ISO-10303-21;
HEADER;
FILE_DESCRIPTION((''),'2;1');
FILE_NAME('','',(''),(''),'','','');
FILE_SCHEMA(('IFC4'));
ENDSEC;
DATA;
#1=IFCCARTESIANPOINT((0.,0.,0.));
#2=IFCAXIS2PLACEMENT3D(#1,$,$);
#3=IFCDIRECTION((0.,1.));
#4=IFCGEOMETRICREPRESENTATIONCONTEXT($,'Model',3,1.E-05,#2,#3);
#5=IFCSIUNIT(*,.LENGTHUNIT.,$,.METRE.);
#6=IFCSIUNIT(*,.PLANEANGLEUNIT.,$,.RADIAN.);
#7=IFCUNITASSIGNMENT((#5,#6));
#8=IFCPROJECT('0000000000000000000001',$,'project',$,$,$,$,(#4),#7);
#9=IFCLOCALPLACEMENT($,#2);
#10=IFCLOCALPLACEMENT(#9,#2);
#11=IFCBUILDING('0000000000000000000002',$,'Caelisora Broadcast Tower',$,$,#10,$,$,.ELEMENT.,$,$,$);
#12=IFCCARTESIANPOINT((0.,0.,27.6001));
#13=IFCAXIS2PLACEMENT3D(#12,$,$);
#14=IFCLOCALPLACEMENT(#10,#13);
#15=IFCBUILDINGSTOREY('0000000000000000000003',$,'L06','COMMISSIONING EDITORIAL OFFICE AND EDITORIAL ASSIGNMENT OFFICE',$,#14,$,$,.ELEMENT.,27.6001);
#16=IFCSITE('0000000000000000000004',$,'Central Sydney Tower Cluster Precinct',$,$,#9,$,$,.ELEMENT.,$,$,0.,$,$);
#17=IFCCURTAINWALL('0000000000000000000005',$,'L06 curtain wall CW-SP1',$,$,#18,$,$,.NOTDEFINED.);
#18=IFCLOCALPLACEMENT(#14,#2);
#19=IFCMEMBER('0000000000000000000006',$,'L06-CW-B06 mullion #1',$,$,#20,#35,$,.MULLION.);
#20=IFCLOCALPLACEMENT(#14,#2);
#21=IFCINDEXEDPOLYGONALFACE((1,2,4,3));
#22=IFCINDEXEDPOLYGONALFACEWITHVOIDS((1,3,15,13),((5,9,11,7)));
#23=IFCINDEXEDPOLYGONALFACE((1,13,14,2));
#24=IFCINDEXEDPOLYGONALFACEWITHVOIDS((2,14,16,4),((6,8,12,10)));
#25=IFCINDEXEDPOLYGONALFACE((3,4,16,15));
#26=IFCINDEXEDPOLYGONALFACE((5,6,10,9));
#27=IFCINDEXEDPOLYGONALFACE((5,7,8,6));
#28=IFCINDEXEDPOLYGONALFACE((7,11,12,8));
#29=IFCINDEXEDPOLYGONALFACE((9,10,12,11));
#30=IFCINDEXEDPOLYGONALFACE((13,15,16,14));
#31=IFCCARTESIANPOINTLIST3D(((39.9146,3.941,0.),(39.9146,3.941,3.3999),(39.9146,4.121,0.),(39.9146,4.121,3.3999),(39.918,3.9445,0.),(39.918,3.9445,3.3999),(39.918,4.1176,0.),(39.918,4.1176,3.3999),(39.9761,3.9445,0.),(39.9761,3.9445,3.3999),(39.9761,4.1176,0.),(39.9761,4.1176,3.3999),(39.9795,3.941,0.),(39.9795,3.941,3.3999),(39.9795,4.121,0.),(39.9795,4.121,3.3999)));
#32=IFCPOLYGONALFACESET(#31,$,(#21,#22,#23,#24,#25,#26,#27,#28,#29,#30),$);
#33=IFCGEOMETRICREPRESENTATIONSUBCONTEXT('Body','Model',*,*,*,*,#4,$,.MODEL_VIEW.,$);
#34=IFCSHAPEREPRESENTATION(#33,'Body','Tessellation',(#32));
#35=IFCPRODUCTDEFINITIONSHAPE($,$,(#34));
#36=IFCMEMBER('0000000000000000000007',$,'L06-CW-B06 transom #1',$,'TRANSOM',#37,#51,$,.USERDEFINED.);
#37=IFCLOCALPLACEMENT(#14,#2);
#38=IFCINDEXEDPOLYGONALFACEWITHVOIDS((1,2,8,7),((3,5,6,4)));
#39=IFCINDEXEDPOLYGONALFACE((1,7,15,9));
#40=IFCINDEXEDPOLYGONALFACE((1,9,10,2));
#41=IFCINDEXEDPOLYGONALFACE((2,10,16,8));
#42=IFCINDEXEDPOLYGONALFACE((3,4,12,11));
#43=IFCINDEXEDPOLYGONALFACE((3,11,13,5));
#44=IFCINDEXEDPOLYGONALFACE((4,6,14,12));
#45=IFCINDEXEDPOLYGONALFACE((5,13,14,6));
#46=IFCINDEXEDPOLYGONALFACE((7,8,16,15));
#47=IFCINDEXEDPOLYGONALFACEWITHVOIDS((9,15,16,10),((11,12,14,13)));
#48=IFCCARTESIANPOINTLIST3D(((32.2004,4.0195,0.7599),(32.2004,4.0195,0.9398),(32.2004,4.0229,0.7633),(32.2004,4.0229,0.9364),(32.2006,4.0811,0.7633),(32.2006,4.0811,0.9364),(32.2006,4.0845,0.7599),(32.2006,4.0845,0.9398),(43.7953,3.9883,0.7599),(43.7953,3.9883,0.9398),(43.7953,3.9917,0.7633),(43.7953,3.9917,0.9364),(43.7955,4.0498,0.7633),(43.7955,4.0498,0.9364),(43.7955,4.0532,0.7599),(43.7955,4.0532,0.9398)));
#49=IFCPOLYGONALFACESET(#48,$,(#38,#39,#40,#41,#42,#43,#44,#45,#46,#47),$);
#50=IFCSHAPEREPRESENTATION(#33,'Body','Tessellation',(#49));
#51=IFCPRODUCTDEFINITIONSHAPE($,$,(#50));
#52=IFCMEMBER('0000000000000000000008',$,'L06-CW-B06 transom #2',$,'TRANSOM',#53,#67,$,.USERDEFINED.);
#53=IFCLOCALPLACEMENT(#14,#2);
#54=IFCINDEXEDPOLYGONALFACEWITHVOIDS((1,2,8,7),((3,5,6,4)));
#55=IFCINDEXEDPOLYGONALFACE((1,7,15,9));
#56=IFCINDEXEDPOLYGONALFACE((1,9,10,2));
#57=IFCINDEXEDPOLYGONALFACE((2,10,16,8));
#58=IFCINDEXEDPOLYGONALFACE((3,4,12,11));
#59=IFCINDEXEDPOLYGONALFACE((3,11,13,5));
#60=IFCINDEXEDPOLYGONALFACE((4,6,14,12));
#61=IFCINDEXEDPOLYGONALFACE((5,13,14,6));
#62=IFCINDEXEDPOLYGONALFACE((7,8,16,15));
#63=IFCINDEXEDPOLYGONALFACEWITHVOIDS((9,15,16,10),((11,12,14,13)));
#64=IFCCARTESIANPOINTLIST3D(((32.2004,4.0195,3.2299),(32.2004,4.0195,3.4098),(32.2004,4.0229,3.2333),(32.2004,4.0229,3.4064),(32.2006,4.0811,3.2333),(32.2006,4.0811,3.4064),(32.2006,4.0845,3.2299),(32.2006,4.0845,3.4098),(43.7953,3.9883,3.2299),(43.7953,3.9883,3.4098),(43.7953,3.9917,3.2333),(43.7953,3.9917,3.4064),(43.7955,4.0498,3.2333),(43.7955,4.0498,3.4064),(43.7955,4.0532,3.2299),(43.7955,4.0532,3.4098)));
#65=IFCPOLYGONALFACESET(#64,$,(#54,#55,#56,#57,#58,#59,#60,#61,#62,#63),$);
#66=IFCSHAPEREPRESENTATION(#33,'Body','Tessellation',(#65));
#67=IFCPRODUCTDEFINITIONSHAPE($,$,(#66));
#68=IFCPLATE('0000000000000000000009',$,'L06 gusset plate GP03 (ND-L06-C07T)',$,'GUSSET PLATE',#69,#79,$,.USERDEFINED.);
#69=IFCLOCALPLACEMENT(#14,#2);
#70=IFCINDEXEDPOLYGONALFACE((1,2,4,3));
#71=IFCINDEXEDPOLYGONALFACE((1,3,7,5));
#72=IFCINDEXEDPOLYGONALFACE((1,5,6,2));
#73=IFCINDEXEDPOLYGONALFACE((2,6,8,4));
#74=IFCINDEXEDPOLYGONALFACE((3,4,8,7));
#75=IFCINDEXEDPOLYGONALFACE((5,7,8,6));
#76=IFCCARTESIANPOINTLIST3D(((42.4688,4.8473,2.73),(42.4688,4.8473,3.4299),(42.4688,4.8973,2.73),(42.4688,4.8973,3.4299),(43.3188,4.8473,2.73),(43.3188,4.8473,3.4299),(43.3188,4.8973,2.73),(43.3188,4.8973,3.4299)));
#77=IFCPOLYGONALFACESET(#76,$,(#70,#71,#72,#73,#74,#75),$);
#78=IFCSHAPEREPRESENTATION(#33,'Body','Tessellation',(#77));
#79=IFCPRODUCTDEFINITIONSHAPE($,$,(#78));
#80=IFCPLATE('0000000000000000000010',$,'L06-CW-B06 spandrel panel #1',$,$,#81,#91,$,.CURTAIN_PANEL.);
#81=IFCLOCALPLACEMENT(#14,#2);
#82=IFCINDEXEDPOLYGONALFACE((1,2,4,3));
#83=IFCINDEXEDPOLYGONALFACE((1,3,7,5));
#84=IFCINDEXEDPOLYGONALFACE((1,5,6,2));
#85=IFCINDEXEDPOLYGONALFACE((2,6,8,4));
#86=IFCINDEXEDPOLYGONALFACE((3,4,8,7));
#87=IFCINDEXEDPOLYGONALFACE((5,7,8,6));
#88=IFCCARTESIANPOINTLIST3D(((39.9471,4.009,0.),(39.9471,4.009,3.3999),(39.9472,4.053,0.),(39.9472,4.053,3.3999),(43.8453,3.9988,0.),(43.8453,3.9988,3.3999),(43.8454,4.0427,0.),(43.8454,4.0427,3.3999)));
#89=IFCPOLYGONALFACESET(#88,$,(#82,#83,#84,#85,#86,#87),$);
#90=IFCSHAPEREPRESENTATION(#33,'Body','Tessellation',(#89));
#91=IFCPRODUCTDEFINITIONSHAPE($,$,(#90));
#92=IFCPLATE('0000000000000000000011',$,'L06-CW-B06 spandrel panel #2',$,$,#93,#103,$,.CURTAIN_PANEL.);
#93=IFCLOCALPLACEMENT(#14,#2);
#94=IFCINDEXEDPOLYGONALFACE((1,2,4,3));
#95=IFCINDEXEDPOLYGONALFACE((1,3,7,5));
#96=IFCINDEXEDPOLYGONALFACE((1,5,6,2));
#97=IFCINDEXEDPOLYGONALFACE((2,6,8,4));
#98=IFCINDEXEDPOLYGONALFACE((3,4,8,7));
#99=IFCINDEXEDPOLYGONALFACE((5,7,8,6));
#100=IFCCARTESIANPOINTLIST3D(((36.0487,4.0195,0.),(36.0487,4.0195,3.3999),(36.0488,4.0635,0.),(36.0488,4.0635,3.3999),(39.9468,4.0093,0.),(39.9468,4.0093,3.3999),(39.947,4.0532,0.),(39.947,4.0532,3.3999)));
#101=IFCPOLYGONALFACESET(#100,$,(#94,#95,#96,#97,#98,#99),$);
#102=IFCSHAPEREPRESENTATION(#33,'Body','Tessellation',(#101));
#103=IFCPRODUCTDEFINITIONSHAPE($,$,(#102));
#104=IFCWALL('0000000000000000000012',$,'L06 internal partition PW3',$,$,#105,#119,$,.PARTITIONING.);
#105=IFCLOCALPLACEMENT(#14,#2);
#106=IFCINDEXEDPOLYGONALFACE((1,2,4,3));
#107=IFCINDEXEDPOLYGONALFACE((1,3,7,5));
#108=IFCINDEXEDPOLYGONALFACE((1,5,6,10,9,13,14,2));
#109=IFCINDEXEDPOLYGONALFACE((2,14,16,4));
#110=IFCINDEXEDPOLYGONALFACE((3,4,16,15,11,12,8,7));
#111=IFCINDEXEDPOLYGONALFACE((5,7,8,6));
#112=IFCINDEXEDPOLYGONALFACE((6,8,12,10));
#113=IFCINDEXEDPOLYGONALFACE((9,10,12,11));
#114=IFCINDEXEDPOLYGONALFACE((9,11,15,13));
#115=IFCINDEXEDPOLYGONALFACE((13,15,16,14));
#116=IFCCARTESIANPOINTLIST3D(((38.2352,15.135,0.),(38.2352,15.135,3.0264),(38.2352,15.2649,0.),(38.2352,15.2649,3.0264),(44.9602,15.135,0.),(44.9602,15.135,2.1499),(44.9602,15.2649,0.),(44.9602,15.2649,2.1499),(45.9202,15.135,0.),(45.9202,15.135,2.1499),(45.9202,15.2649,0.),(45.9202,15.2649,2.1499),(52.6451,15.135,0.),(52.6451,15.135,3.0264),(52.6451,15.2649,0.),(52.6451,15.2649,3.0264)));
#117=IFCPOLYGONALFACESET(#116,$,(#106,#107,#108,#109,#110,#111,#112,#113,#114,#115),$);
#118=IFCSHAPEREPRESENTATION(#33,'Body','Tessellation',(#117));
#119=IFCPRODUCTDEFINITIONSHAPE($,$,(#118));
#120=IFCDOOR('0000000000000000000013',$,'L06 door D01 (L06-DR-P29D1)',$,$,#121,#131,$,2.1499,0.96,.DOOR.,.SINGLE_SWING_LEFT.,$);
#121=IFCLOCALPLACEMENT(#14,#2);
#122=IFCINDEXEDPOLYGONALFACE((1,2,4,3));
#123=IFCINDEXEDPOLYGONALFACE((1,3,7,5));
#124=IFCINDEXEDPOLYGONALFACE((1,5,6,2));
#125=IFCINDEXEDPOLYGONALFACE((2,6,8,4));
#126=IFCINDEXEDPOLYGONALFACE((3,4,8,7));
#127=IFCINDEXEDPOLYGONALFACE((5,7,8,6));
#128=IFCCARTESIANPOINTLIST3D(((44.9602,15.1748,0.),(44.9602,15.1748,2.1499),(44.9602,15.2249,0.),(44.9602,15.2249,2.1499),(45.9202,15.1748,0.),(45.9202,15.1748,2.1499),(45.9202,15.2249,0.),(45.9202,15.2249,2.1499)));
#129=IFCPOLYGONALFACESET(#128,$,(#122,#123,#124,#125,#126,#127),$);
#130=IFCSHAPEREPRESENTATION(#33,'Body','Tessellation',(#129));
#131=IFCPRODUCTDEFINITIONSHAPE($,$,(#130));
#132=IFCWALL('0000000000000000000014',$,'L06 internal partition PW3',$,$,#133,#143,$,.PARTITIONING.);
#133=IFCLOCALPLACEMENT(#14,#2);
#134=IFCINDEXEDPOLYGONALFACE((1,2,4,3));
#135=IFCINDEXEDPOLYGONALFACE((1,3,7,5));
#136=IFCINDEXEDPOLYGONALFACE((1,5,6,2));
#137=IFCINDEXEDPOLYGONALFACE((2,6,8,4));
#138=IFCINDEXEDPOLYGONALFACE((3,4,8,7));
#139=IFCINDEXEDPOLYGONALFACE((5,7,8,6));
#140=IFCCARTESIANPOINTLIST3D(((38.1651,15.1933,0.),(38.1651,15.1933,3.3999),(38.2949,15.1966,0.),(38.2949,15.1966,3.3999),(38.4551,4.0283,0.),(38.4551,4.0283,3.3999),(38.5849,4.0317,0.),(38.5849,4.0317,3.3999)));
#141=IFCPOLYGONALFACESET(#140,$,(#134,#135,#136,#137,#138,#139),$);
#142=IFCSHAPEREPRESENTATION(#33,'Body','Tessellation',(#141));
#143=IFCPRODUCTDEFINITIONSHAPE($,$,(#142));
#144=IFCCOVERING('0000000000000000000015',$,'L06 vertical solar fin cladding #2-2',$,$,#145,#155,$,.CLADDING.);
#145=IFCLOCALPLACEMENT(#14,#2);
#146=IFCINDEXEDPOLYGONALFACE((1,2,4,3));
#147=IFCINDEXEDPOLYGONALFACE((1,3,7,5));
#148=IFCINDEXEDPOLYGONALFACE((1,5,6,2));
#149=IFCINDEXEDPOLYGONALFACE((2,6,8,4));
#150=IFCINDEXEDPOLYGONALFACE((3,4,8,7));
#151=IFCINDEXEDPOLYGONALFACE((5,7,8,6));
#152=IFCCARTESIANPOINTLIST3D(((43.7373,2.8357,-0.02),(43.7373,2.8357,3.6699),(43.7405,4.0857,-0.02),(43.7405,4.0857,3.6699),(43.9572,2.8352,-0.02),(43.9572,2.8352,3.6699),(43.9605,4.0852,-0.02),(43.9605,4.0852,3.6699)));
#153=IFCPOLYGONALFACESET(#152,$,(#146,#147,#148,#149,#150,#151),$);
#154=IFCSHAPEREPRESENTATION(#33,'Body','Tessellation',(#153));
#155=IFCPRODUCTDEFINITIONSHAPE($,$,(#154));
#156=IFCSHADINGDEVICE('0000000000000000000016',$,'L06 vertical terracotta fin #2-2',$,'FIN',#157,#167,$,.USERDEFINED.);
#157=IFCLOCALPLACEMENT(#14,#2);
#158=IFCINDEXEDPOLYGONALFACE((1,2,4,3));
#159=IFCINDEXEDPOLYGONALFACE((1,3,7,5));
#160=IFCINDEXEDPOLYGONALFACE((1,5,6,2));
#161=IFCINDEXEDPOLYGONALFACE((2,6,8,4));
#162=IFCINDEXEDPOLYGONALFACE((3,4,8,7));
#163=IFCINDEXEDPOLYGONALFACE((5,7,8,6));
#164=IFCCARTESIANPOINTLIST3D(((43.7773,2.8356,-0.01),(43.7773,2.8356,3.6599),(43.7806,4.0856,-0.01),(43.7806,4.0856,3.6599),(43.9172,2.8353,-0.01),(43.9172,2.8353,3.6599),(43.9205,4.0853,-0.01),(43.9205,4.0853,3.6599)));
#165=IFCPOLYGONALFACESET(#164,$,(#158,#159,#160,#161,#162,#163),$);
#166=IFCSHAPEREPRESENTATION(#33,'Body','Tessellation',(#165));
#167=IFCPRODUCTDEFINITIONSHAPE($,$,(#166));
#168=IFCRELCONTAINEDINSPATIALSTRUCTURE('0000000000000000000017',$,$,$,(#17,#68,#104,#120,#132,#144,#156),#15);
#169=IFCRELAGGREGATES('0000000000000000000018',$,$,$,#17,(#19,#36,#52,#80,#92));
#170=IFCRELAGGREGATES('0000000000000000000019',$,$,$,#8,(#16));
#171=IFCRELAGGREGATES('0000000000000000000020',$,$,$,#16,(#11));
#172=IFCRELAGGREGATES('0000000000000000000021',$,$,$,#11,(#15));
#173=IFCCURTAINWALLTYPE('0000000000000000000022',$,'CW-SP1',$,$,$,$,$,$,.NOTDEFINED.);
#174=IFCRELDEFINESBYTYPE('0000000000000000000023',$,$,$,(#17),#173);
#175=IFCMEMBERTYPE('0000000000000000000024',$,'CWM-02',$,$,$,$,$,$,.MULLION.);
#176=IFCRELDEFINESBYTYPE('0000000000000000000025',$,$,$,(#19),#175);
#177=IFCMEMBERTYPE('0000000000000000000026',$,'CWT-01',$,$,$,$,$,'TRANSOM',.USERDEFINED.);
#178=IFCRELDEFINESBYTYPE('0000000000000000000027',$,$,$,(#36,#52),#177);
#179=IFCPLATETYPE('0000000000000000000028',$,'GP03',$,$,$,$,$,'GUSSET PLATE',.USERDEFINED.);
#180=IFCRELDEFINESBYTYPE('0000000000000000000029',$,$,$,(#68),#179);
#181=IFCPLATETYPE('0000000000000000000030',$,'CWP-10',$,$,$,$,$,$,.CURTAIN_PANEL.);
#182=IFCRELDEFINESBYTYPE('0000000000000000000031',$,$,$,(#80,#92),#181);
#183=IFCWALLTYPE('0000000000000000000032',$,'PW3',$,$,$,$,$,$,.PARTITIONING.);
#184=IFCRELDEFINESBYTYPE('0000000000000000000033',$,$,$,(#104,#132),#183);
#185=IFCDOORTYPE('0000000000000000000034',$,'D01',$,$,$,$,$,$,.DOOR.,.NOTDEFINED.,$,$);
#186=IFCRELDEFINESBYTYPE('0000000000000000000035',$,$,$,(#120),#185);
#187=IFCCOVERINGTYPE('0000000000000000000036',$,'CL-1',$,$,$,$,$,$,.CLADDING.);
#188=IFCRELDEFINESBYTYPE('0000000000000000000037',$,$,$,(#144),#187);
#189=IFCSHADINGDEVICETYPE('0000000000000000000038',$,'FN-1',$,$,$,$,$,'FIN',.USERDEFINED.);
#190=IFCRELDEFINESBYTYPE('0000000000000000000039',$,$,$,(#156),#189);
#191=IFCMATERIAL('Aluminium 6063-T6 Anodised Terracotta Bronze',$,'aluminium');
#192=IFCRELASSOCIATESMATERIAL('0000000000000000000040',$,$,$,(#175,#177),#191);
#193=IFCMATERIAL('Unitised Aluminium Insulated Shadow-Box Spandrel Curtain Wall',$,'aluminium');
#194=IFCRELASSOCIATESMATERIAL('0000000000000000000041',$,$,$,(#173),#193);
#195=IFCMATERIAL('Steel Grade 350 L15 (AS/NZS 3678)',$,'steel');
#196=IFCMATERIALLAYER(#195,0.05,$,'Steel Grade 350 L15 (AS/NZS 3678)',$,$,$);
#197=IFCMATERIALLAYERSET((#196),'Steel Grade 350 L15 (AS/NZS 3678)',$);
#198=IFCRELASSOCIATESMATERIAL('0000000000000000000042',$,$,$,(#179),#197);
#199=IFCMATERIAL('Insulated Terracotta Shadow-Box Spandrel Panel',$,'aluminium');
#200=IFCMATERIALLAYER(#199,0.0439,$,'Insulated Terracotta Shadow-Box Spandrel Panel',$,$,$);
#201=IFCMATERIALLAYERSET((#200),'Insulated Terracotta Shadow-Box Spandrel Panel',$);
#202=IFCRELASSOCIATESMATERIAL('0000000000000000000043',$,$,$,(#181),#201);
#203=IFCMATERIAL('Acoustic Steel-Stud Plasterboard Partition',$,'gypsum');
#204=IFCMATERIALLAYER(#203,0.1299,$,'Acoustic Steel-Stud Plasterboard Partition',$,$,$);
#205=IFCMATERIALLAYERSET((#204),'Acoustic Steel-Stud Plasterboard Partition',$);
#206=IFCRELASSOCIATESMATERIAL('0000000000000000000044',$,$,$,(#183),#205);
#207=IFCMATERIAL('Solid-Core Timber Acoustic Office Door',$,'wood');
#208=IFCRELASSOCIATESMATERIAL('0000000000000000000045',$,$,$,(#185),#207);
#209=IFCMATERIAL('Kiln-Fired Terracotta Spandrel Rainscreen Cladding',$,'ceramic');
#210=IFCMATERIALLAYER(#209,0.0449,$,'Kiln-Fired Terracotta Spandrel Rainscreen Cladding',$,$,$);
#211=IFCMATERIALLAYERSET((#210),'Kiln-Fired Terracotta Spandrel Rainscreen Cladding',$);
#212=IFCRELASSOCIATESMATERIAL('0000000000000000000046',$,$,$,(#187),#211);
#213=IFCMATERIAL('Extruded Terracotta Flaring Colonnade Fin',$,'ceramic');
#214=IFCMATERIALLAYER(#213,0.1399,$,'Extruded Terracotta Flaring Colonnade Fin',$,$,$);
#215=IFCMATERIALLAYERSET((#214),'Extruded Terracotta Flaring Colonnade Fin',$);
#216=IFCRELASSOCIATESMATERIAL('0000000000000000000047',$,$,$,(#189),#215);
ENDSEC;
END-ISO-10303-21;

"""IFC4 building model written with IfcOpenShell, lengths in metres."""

from ifc_helpers import new_model, si_unit, direction, frame, frame_2d, origin, origin_2d, place, context, subcontext, project, spatial, rectangle, hollow_rectangle, extrude, source, transform, mapped, material, layer, layer_set, material_profile, profile_set, type_object, type_shapes, element, fill, aggregate, save


model = new_model("IFC4")

# Units and contexts
model_context = context("Model", 3, precision=1e-05, world=origin(), true_north=direction((0.0, 1.0)))
body_context = subcontext(model_context, "Body", "Model", "MODEL_VIEW")
ifc_project = project(units=[si_unit("LENGTHUNIT", "METRE"), si_unit("PLANEANGLEUNIT", "RADIAN")], contexts=[model_context])

# Site, building, storey
site_placement = place(None, origin())
site = spatial("IfcSite", under=ifc_project, at=site_placement, Name="Central Sydney Tower Cluster Precinct", CompositionType="ELEMENT", RefElevation=0.0)
building_placement = place(site_placement, origin())
building = spatial("IfcBuilding", under=site, at=building_placement, Name="Caelisora Broadcast Tower", CompositionType="ELEMENT")
storey_placement = place(building_placement, frame((0.0, 0.0, 27.6001)))
storey = spatial("IfcBuildingStorey", under=building, at=storey_placement, Name="L06", Description="COMMISSIONING EDITORIAL OFFICE AND EDITORIAL ASSIGNMENT OFFICE", CompositionType="ELEMENT", Elevation=27.6001)

# Shared definitions
ifc_material_1 = material(Name="Steel Grade 350 L15 (AS/NZS 3678)", Category="steel")

# Shared definitions
ifc_material_2 = material(Name="Aluminium 6063-T6 Anodised Terracotta Bronze", Category="aluminium")
ifc_material_profile_1 = material_profile(ifc_material_2, hollow_rectangle(XDim=0.0649, YDim=0.1799, WallThickness=0.0034, at=origin_2d()), Name="Aluminium 6063-T6 Anodised Terracotta Bronze")
ifc_profile_set_1 = profile_set([ifc_material_profile_1], Name="Aluminium 6063-T6 Anodised Terracotta Bronze")
member_type_1 = type_object("IfcMemberType", Name="CWM-02", PredefinedType="MULLION", material=ifc_profile_set_1)
shared_shape_1 = source(origin(), body_context, "Body", "SweptSolid", [
    extrude(hollow_rectangle(XDim=0.0649, YDim=0.1799, WallThickness=0.0034, at=origin_2d()), origin(), (0.0, 0.0, 1.0), 3.3999),
])
type_shapes(member_type_1, [shared_shape_1])

# Curtain wall, members
ifc_material_3 = material(Name="Unitised Aluminium Insulated Shadow-Box Spandrel Curtain Wall", Category="aluminium")
curtain_wall_type_1 = type_object("IfcCurtainWallType", Name="CW-SP1", PredefinedType="NOTDEFINED", material=ifc_material_3)
curtain_wall_1_placement = place(storey_placement, origin())
curtain_wall_1 = element("IfcCurtainWall", 1, at=curtain_wall_1_placement, inside=storey, type_object=curtain_wall_type_1, Name="L06 curtain wall CW-SP1", PredefinedType="NOTDEFINED")
member_1_placement = place(storey_placement, frame((39.947, 4.031, 0.0), z_axis=(0.0, 0.0, 1.0), x_axis=(1.0, 0.0, 0.0)))
member_1 = element("IfcMember", 2, at=member_1_placement, type_object=member_type_1, Name="L06-CW-B06 mullion #1", PredefinedType="MULLION", context=body_context, shape_type="MappedRepresentation", body=[
    mapped(shared_shape_1, transform((0.0, 0.0, 0.0), scale=1.0)),
])
ifc_material_profile_2 = material_profile(ifc_material_2, hollow_rectangle(XDim=0.0649, YDim=0.1799, WallThickness=0.0034, at=origin_2d()), Name="Aluminium 6063-T6 Anodised Terracotta Bronze")
ifc_profile_set_2 = profile_set([ifc_material_profile_2], Name="Aluminium 6063-T6 Anodised Terracotta Bronze")
member_type_2 = type_object("IfcMemberType", Name="CWT-01", ElementType="TRANSOM", PredefinedType="USERDEFINED", material=ifc_profile_set_2)
shared_shape_2 = source(origin(), body_context, "Body", "SweptSolid", [
    extrude(hollow_rectangle(XDim=0.0649, YDim=0.1799, WallThickness=0.0034, at=origin_2d()), origin(), (0.0, 0.0, 1.0), 11.595),
])
type_shapes(member_type_2, [shared_shape_2])
member_2_placement = place(storey_placement, frame((43.7954, 4.0208, 0.8499), z_axis=(-0.999996, 0.002695, 0.0), x_axis=(-0.002695, -0.999996, 0.0)))
member_2 = element("IfcMember", 3, at=member_2_placement, type_object=member_type_2, Name="L06-CW-B06 transom #1", ObjectType="TRANSOM", PredefinedType="USERDEFINED", context=body_context, shape_type="MappedRepresentation", body=[
    mapped(shared_shape_2, transform((0.0, 0.0, 0.0), scale=1.0)),
])
member_3_placement = place(storey_placement, frame((43.7954, 4.0208, 3.3198), z_axis=(-0.999996, 0.002695, 0.0), x_axis=(-0.002695, -0.999996, 0.0)))
member_3 = element("IfcMember", 4, at=member_3_placement, type_object=member_type_2, Name="L06-CW-B06 transom #2", ObjectType="TRANSOM", PredefinedType="USERDEFINED", context=body_context, shape_type="MappedRepresentation", body=[
    mapped(shared_shape_2, transform((0.0, 0.0, 0.0), scale=1.0)),
])

# Plates
ifc_layer_1 = layer(ifc_material_1, 0.05, Name="Steel Grade 350 L15 (AS/NZS 3678)")
ifc_layer_set_1 = layer_set([ifc_layer_1], Name="Steel Grade 350 L15 (AS/NZS 3678)")
plate_type_1 = type_object("IfcPlateType", Name="GP03", ElementType="GUSSET PLATE", PredefinedType="USERDEFINED", material=ifc_layer_set_1)
shared_shape_3 = source(origin(), body_context, "Body", "SweptSolid", [
    extrude(rectangle(XDim=0.8501, YDim=0.05, at=origin_2d()), origin(), (0.0, 0.0, 1.0), 0.7),
])
type_shapes(plate_type_1, [shared_shape_3])
plate_1_placement = place(storey_placement, frame((42.8938, 4.8723, 2.73), z_axis=(0.0, 0.0, 1.0), x_axis=(1.0, 0.0, 0.0)))
element("IfcPlate", 5, at=plate_1_placement, inside=storey, type_object=plate_type_1, Name="L06 gusset plate GP03 (ND-L06-C07T)", ObjectType="GUSSET PLATE", PredefinedType="USERDEFINED", context=body_context, shape_type="MappedRepresentation", body=[
    mapped(shared_shape_3, transform((0.0, 0.0, 0.0), scale=1.0)),
])
ifc_material_4 = material(Name="Insulated Terracotta Shadow-Box Spandrel Panel", Category="aluminium")
ifc_layer_2 = layer(ifc_material_4, 0.0439, Name="Insulated Terracotta Shadow-Box Spandrel Panel")
ifc_layer_set_2 = layer_set([ifc_layer_2], Name="Insulated Terracotta Shadow-Box Spandrel Panel")
plate_type_2 = type_object("IfcPlateType", Name="CWP-10", PredefinedType="CURTAIN_PANEL", material=ifc_layer_set_2)
shared_shape_4 = source(origin(), body_context, "Body", "SweptSolid", [
    extrude(rectangle(XDim=3.8982, YDim=0.0439, at=origin_2d()), origin(), (0.0, 0.0, 1.0), 3.3999),
])
type_shapes(plate_type_2, [shared_shape_4])
plate_2_placement = place(storey_placement, frame((41.8962, 4.0259, 0.0), z_axis=(0.0, 0.0, 1.0), x_axis=(-0.999997, 0.002618, 0.0)))
plate_2 = element("IfcPlate", 6, at=plate_2_placement, type_object=plate_type_2, Name="L06-CW-B06 spandrel panel #1", PredefinedType="CURTAIN_PANEL", context=body_context, shape_type="MappedRepresentation", body=[
    mapped(shared_shape_4, transform((0.0, 0.0, 0.0), scale=1.0)),
])
plate_3_placement = place(storey_placement, frame((37.9978, 4.0364, 0.0), z_axis=(0.0, 0.0, 1.0), x_axis=(-0.999997, 0.002618, 0.0)))
plate_3 = element("IfcPlate", 7, at=plate_3_placement, type_object=plate_type_2, Name="L06-CW-B06 spandrel panel #2", PredefinedType="CURTAIN_PANEL", context=body_context, shape_type="MappedRepresentation", body=[
    mapped(shared_shape_4, transform((0.0, 0.0, 0.0), scale=1.0)),
])
aggregate(curtain_wall_1, [member_1, member_2, member_3, plate_2, plate_3])

# Wall, opening, door
ifc_material_5 = material(Name="Acoustic Steel-Stud Plasterboard Partition", Category="gypsum")
ifc_layer_3 = layer(ifc_material_5, 0.1299, Name="Acoustic Steel-Stud Plasterboard Partition")
ifc_layer_set_3 = layer_set([ifc_layer_3], Name="Acoustic Steel-Stud Plasterboard Partition")
wall_type = type_object("IfcWallType", Name="PW3", PredefinedType="PARTITIONING", material=ifc_layer_set_3)
wall_1_placement = place(storey_placement, frame((38.2351, 15.2, 0.0), z_axis=(0.0, 0.0, 1.0), x_axis=(1.0, 0.0, 0.0)))
wall_1 = element("IfcWall", 8, at=wall_1_placement, inside=storey, type_object=wall_type, Name="L06 internal partition PW3", PredefinedType="PARTITIONING", context=body_context, shape_type="SweptSolid", body=[
    extrude(rectangle(XDim=14.4099, YDim=0.1299, at=frame_2d((7.2051, 0.0))), origin(), (0.0, 0.0, 1.0), 3.0264),
])
opening_placement = place(wall_1_placement, frame((6.7251, 0.0, 0.0)))
opening = element("IfcOpeningElement", 9, at=opening_placement, cuts=wall_1, PredefinedType="OPENING", context=body_context, shape_type="SweptSolid", body=[
    extrude(rectangle(XDim=0.96, YDim=2.1499, at=frame_2d((0.48, 1.075))), frame((0.0, 0.0769, 0.0), z_axis=(0.0, -1.0, 0.0), x_axis=(1.0, 0.0, 0.0)), (0.0, 0.0, 1.0), 0.1538),
])
ifc_material_6 = material(Name="Solid-Core Timber Acoustic Office Door", Category="wood")
door_type = type_object("IfcDoorType", Name="D01", OperationType="NOTDEFINED", PredefinedType="DOOR", material=ifc_material_6)
door_placement = place(opening_placement, origin())
door = element("IfcDoor", 10, at=door_placement, inside=storey, type_object=door_type, Name="L06 door D01 (L06-DR-P29D1)", OperationType="SINGLE_SWING_LEFT", OverallHeight=2.1499, OverallWidth=0.96, PredefinedType="DOOR", context=body_context, shape_type="SweptSolid", body=[
    extrude(rectangle(XDim=0.96, YDim=2.1499, at=frame_2d((0.48, 1.075))), frame((0.0, 0.0249, 0.0), z_axis=(0.0, -1.0, 0.0), x_axis=(1.0, 0.0, 0.0)), (0.0, 0.0, 1.0), 0.05),
])
fill(opening, door)

# Wall
wall_2_placement = place(storey_placement, frame((38.23, 15.1951, 0.0), z_axis=(0.0, 0.0, 1.0), x_axis=(0.025969, -0.999663, 0.0)))
element("IfcWall", 11, at=wall_2_placement, inside=storey, type_object=wall_type, Name="L06 internal partition PW3", PredefinedType="PARTITIONING", context=body_context, shape_type="SweptSolid", body=[
    extrude(rectangle(XDim=11.1687, YDim=0.1299, at=frame_2d((5.5845, 0.0))), origin(), (0.0, 0.0, 1.0), 3.3999),
])

# Covering
ifc_material_7 = material(Name="Kiln-Fired Terracotta Spandrel Rainscreen Cladding", Category="ceramic")
ifc_layer_4 = layer(ifc_material_7, 0.0449, Name="Kiln-Fired Terracotta Spandrel Rainscreen Cladding")
ifc_layer_set_4 = layer_set([ifc_layer_4], Name="Kiln-Fired Terracotta Spandrel Rainscreen Cladding")
covering_type = type_object("IfcCoveringType", Name="CL-1", PredefinedType="CLADDING", material=ifc_layer_set_4)
shared_shape_5 = source(origin(), body_context, "Body", "SweptSolid", [
    extrude(rectangle(XDim=0.22, YDim=1.25, at=origin_2d()), origin(), (0.0, 0.0, 1.0), 3.6899),
])
covering_1_placement = place(storey_placement, frame((43.8489, 3.4604, -0.02), z_axis=(0.0, 0.0, 1.0), x_axis=(-0.999997, 0.002618, 0.0)))
element("IfcCovering", 12, at=covering_1_placement, inside=storey, type_object=covering_type, Name="L06 vertical solar fin cladding #2-2", PredefinedType="CLADDING", context=body_context, shape_type="MappedRepresentation", body=[
    mapped(shared_shape_5, transform((0.0, 0.0, 0.0), scale=1.0)),
])

# Shading device
ifc_material_8 = material(Name="Extruded Terracotta Flaring Colonnade Fin", Category="ceramic")
ifc_layer_5 = layer(ifc_material_8, 0.1399, Name="Extruded Terracotta Flaring Colonnade Fin")
ifc_layer_set_5 = layer_set([ifc_layer_5], Name="Extruded Terracotta Flaring Colonnade Fin")
shading_device_type_1 = type_object("IfcShadingDeviceType", Name="FN-1", ElementType="FIN", PredefinedType="USERDEFINED", material=ifc_layer_set_5)
shared_shape_6 = source(origin(), body_context, "Body", "SweptSolid", [
    extrude(rectangle(XDim=0.1399, YDim=1.25, at=origin_2d()), origin(), (0.0, 0.0, 1.0), 3.6699),
])
type_shapes(shading_device_type_1, [shared_shape_6])
shading_device_1_placement = place(storey_placement, frame((43.8489, 3.4604, -0.01), z_axis=(0.0, 0.0, 1.0), x_axis=(-0.999997, 0.002618, 0.0)))
element("IfcShadingDevice", 13, at=shading_device_1_placement, inside=storey, type_object=shading_device_type_1, Name="L06 vertical terracotta fin #2-2", ObjectType="FIN", PredefinedType="USERDEFINED", context=body_context, shape_type="MappedRepresentation", body=[
    mapped(shared_shape_6, transform((0.0, 0.0, 0.0), scale=1.0)),
])

save(model, "model.ifc")
